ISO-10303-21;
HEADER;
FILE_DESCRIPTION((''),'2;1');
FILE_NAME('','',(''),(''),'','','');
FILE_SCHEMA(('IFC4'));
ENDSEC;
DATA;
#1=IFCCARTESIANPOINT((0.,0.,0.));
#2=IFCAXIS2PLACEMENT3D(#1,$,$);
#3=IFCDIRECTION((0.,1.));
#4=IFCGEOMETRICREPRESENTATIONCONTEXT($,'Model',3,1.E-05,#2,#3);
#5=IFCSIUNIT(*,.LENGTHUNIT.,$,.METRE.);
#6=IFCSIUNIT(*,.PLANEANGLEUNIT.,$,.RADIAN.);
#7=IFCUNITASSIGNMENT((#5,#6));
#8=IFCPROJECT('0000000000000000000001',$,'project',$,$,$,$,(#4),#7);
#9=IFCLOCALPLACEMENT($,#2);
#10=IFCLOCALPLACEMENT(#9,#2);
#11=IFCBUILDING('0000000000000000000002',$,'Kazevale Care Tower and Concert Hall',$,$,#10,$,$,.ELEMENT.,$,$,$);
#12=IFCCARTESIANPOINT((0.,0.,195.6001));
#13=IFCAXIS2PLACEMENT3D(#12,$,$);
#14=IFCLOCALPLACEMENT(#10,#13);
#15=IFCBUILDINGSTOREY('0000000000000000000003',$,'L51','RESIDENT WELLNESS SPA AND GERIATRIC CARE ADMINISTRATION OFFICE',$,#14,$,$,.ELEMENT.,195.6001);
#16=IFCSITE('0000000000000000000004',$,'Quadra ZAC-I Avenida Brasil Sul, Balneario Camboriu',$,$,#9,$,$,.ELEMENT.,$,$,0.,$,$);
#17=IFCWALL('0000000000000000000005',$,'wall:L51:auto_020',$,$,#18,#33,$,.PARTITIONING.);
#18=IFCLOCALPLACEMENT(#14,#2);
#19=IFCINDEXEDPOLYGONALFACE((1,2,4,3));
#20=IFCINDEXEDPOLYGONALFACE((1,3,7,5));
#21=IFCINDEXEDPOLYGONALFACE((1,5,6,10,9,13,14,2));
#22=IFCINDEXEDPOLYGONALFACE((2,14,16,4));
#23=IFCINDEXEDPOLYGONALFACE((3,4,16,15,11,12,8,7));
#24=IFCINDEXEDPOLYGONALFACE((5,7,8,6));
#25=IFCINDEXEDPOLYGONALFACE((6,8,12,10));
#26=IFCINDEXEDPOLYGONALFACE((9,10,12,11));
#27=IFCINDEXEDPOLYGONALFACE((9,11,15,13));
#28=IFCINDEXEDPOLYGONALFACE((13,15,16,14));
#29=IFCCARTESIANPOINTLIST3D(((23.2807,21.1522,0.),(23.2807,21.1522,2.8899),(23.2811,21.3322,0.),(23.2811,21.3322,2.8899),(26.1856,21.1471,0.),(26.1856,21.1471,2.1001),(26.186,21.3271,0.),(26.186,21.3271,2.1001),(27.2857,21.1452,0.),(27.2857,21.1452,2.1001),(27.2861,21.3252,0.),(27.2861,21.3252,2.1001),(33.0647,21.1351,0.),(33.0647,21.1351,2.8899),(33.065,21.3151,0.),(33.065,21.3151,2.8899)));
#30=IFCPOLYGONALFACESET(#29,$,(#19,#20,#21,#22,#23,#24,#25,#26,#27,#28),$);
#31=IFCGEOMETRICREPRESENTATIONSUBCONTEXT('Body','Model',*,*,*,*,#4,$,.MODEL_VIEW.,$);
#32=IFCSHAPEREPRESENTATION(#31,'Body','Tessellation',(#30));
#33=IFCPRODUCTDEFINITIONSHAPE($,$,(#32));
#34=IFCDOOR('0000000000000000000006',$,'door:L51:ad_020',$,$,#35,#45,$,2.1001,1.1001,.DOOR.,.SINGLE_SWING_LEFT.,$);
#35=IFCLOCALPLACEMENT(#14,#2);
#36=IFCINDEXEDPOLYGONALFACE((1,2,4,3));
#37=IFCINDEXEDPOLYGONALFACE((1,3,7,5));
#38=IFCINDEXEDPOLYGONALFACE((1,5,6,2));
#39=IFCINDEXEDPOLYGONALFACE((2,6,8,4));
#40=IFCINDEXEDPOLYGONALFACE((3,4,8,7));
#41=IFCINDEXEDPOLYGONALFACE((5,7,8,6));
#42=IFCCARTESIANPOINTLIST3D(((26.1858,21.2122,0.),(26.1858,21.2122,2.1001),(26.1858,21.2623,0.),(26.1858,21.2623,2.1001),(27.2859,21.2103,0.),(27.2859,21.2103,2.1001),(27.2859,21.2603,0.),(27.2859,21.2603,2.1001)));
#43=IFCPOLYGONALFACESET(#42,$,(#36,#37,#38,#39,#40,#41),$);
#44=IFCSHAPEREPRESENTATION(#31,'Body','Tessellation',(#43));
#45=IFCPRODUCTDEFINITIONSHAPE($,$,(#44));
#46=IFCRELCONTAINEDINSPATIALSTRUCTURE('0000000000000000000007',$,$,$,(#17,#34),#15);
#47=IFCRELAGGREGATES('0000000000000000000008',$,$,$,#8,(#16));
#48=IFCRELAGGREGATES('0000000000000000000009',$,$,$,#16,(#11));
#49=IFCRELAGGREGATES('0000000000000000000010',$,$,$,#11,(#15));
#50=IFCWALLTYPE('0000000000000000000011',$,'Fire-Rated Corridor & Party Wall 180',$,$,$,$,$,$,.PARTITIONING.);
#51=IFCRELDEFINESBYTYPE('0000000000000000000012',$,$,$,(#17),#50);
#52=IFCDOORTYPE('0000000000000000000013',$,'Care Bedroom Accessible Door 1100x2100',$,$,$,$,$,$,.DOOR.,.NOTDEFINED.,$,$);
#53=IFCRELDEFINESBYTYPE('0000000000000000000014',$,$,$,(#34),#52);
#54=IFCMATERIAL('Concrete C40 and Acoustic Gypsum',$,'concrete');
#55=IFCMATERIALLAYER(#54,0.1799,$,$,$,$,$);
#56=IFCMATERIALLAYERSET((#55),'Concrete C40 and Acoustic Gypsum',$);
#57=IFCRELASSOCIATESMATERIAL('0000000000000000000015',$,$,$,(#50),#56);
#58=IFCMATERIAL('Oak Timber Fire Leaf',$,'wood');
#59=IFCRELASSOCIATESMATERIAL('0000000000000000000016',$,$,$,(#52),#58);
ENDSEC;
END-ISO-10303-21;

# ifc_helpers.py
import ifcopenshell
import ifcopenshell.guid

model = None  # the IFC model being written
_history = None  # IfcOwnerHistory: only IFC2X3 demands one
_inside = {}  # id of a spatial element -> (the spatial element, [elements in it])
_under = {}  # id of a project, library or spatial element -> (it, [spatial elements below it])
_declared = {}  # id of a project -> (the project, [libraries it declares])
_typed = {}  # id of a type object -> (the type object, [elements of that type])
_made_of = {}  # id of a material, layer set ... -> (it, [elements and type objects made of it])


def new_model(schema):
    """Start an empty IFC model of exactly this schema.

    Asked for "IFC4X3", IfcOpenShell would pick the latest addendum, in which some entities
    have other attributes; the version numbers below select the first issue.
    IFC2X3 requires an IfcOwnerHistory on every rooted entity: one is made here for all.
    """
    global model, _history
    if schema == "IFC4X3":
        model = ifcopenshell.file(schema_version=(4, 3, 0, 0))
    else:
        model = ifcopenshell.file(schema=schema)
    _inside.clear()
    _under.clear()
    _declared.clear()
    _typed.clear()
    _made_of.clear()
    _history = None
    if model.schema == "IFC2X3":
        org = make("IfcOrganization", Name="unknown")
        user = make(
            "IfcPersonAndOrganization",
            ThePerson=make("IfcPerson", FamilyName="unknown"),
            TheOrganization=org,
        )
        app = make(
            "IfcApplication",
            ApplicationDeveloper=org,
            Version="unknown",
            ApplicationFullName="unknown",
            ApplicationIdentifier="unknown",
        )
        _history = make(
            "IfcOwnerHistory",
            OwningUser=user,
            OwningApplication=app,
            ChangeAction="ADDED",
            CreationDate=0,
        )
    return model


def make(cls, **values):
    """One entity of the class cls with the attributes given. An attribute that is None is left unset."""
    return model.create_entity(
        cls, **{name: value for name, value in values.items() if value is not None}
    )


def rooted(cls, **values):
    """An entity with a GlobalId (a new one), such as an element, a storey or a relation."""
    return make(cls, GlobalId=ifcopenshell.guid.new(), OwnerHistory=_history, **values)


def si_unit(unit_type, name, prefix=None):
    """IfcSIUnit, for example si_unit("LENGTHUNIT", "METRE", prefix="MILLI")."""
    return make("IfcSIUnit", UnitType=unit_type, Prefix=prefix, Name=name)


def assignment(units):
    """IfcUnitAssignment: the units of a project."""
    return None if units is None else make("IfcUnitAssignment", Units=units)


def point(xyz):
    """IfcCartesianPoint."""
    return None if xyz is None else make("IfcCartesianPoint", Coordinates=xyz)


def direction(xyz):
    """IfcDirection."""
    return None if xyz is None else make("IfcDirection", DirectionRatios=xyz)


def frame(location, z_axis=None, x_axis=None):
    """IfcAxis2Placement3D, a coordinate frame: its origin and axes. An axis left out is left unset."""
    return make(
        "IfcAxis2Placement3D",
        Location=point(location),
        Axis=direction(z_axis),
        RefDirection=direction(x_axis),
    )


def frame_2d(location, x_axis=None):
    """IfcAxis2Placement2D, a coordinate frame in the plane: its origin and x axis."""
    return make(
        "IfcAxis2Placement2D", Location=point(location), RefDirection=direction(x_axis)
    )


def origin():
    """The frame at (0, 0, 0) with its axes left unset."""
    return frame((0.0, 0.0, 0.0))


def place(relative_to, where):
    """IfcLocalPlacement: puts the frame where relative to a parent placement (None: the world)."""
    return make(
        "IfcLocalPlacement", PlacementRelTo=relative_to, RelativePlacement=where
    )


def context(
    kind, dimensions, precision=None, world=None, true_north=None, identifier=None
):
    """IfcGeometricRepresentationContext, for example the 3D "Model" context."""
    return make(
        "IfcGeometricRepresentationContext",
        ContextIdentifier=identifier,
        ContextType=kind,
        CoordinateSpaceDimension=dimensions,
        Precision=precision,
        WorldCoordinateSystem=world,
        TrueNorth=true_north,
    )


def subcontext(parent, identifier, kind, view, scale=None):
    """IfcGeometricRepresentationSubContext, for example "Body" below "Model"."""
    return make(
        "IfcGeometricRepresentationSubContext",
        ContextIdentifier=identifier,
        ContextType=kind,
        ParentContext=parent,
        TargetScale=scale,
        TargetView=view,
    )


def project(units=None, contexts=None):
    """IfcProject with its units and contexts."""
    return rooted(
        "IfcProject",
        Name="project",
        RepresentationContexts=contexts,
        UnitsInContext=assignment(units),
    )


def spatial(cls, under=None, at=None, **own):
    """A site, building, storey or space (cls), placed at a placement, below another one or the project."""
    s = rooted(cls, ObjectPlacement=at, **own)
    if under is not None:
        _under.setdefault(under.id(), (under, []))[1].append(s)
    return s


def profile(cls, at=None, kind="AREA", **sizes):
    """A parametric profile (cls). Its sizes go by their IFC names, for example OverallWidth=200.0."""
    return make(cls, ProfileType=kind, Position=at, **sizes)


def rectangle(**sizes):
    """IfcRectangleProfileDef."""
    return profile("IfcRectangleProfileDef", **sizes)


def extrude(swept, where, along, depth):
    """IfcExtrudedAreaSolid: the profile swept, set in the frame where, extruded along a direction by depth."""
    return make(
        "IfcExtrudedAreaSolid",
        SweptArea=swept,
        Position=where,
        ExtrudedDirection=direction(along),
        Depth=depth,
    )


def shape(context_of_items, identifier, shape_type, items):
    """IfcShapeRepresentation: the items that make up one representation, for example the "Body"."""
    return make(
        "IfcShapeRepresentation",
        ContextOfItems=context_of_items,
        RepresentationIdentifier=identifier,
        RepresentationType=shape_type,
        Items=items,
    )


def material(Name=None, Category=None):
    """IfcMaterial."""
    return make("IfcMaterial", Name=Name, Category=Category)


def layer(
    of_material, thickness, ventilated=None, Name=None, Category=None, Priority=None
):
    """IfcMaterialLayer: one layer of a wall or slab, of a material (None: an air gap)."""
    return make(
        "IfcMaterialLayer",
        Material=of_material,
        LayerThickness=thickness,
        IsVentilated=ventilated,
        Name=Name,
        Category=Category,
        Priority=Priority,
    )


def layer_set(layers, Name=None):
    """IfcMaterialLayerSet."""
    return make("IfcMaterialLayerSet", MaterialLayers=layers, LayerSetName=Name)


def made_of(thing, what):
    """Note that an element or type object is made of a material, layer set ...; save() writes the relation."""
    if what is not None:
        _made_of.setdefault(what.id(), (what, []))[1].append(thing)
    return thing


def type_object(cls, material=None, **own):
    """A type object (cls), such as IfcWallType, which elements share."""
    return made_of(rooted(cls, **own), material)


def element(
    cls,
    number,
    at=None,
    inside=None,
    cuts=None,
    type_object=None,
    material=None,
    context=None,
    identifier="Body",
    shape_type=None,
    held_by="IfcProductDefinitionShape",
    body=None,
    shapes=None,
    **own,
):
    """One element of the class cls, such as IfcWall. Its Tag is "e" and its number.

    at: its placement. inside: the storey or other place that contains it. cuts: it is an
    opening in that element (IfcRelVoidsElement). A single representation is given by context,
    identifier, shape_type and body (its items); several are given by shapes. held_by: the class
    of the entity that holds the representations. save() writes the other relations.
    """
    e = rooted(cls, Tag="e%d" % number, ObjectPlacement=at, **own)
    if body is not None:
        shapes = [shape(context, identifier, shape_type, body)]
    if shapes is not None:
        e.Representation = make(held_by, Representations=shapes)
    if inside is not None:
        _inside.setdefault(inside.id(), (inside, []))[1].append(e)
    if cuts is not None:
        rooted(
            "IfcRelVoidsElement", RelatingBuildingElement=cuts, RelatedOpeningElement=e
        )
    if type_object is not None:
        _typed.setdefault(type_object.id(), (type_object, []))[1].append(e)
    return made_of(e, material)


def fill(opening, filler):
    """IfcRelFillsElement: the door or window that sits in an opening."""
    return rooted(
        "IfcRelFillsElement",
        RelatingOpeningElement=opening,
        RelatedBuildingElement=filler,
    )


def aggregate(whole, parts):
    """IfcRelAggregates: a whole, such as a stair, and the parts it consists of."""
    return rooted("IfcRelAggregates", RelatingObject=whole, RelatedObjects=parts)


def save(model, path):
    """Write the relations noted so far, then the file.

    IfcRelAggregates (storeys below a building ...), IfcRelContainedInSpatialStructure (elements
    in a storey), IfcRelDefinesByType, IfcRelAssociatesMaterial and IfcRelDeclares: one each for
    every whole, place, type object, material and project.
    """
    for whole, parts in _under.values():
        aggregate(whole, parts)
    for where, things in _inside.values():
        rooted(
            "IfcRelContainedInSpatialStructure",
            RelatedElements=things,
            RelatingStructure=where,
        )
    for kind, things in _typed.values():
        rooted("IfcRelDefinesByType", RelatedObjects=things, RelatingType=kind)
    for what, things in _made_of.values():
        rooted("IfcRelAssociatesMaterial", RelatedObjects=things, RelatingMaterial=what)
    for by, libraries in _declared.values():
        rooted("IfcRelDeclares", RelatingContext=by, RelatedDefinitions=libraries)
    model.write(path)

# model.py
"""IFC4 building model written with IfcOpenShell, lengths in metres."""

from ifc_helpers import new_model, si_unit, direction, frame, frame_2d, origin, place, context, subcontext, project, spatial, rectangle, extrude, material, layer, layer_set, type_object, element, fill, save


model = new_model("IFC4")

# Units and contexts
model_context = context("Model", 3, precision=1e-05, world=origin(), true_north=direction((0.0, 1.0)))
body_context = subcontext(model_context, "Body", "Model", "MODEL_VIEW")
ifc_project = project(units=[si_unit("LENGTHUNIT", "METRE"), si_unit("PLANEANGLEUNIT", "RADIAN")], contexts=[model_context])

# Site, building, storey
site_placement = place(None, origin())
site = spatial("IfcSite", under=ifc_project, at=site_placement, Name="Quadra ZAC-I Avenida Brasil Sul, Balneario Camboriu", CompositionType="ELEMENT", RefElevation=0.0)
building_placement = place(site_placement, origin())
building = spatial("IfcBuilding", under=site, at=building_placement, Name="Kazevale Care Tower and Concert Hall", CompositionType="ELEMENT")
storey_placement = place(building_placement, frame((0.0, 0.0, 195.6001)))
storey = spatial("IfcBuildingStorey", under=building, at=storey_placement, Name="L51", Description="RESIDENT WELLNESS SPA AND GERIATRIC CARE ADMINISTRATION OFFICE", CompositionType="ELEMENT", Elevation=195.6001)

# Wall, opening, door
ifc_material_1 = material(Name="Concrete C40 and Acoustic Gypsum", Category="concrete")
ifc_layer_1 = layer(ifc_material_1, 0.1799)
ifc_layer_set_1 = layer_set([ifc_layer_1], Name="Concrete C40 and Acoustic Gypsum")
wall_type_1 = type_object("IfcWallType", Name="Fire-Rated Corridor & Party Wall 180", PredefinedType="PARTITIONING", material=ifc_layer_set_1)
wall_1_placement = place(storey_placement, frame((33.0649, 21.2251, 0.0), z_axis=(0.0, 0.0, 1.0), x_axis=(-0.999998, 0.001747, 0.0)))
wall_1 = element("IfcWall", 1, at=wall_1_placement, inside=storey, type_object=wall_type_1, Name="wall:L51:auto_020", PredefinedType="PARTITIONING", context=body_context, shape_type="SweptSolid", body=[
    extrude(rectangle(XDim=9.7839, YDim=0.1799, at=frame_2d((4.8921, 0.0))), origin(), (0.0, 0.0, 1.0), 2.8899),
])
opening_placement = place(wall_1_placement, frame((5.7791, 0.0, 0.0)))
opening = element("IfcOpeningElement", 2, at=opening_placement, cuts=wall_1, PredefinedType="OPENING", context=body_context, shape_type="SweptSolid", body=[
    extrude(rectangle(XDim=1.1001, YDim=2.1001, at=frame_2d((0.55, 1.05))), frame((0.0, 0.0999, 0.0), z_axis=(0.0, -1.0, 0.0), x_axis=(1.0, 0.0, 0.0)), (0.0, 0.0, 1.0), 0.2),
])
ifc_material_2 = material(Name="Oak Timber Fire Leaf", Category="wood")
door_type = type_object("IfcDoorType", Name="Care Bedroom Accessible Door 1100x2100", OperationType="NOTDEFINED", PredefinedType="DOOR", material=ifc_material_2)
door_placement = place(opening_placement, origin())
door = element("IfcDoor", 3, at=door_placement, inside=storey, type_object=door_type, Name="door:L51:ad_020", OperationType="SINGLE_SWING_LEFT", OverallHeight=2.1001, OverallWidth=1.1001, PredefinedType="DOOR", context=body_context, shape_type="SweptSolid", body=[
    extrude(rectangle(XDim=1.1001, YDim=2.1001, at=frame_2d((0.55, 1.05))), frame((0.0, 0.0249, 0.0), z_axis=(0.0, -1.0, 0.0), x_axis=(1.0, 0.0, 0.0)), (0.0, 0.0, 1.0), 0.05),
])
fill(opening, door)

save(model, "model.ifc")
